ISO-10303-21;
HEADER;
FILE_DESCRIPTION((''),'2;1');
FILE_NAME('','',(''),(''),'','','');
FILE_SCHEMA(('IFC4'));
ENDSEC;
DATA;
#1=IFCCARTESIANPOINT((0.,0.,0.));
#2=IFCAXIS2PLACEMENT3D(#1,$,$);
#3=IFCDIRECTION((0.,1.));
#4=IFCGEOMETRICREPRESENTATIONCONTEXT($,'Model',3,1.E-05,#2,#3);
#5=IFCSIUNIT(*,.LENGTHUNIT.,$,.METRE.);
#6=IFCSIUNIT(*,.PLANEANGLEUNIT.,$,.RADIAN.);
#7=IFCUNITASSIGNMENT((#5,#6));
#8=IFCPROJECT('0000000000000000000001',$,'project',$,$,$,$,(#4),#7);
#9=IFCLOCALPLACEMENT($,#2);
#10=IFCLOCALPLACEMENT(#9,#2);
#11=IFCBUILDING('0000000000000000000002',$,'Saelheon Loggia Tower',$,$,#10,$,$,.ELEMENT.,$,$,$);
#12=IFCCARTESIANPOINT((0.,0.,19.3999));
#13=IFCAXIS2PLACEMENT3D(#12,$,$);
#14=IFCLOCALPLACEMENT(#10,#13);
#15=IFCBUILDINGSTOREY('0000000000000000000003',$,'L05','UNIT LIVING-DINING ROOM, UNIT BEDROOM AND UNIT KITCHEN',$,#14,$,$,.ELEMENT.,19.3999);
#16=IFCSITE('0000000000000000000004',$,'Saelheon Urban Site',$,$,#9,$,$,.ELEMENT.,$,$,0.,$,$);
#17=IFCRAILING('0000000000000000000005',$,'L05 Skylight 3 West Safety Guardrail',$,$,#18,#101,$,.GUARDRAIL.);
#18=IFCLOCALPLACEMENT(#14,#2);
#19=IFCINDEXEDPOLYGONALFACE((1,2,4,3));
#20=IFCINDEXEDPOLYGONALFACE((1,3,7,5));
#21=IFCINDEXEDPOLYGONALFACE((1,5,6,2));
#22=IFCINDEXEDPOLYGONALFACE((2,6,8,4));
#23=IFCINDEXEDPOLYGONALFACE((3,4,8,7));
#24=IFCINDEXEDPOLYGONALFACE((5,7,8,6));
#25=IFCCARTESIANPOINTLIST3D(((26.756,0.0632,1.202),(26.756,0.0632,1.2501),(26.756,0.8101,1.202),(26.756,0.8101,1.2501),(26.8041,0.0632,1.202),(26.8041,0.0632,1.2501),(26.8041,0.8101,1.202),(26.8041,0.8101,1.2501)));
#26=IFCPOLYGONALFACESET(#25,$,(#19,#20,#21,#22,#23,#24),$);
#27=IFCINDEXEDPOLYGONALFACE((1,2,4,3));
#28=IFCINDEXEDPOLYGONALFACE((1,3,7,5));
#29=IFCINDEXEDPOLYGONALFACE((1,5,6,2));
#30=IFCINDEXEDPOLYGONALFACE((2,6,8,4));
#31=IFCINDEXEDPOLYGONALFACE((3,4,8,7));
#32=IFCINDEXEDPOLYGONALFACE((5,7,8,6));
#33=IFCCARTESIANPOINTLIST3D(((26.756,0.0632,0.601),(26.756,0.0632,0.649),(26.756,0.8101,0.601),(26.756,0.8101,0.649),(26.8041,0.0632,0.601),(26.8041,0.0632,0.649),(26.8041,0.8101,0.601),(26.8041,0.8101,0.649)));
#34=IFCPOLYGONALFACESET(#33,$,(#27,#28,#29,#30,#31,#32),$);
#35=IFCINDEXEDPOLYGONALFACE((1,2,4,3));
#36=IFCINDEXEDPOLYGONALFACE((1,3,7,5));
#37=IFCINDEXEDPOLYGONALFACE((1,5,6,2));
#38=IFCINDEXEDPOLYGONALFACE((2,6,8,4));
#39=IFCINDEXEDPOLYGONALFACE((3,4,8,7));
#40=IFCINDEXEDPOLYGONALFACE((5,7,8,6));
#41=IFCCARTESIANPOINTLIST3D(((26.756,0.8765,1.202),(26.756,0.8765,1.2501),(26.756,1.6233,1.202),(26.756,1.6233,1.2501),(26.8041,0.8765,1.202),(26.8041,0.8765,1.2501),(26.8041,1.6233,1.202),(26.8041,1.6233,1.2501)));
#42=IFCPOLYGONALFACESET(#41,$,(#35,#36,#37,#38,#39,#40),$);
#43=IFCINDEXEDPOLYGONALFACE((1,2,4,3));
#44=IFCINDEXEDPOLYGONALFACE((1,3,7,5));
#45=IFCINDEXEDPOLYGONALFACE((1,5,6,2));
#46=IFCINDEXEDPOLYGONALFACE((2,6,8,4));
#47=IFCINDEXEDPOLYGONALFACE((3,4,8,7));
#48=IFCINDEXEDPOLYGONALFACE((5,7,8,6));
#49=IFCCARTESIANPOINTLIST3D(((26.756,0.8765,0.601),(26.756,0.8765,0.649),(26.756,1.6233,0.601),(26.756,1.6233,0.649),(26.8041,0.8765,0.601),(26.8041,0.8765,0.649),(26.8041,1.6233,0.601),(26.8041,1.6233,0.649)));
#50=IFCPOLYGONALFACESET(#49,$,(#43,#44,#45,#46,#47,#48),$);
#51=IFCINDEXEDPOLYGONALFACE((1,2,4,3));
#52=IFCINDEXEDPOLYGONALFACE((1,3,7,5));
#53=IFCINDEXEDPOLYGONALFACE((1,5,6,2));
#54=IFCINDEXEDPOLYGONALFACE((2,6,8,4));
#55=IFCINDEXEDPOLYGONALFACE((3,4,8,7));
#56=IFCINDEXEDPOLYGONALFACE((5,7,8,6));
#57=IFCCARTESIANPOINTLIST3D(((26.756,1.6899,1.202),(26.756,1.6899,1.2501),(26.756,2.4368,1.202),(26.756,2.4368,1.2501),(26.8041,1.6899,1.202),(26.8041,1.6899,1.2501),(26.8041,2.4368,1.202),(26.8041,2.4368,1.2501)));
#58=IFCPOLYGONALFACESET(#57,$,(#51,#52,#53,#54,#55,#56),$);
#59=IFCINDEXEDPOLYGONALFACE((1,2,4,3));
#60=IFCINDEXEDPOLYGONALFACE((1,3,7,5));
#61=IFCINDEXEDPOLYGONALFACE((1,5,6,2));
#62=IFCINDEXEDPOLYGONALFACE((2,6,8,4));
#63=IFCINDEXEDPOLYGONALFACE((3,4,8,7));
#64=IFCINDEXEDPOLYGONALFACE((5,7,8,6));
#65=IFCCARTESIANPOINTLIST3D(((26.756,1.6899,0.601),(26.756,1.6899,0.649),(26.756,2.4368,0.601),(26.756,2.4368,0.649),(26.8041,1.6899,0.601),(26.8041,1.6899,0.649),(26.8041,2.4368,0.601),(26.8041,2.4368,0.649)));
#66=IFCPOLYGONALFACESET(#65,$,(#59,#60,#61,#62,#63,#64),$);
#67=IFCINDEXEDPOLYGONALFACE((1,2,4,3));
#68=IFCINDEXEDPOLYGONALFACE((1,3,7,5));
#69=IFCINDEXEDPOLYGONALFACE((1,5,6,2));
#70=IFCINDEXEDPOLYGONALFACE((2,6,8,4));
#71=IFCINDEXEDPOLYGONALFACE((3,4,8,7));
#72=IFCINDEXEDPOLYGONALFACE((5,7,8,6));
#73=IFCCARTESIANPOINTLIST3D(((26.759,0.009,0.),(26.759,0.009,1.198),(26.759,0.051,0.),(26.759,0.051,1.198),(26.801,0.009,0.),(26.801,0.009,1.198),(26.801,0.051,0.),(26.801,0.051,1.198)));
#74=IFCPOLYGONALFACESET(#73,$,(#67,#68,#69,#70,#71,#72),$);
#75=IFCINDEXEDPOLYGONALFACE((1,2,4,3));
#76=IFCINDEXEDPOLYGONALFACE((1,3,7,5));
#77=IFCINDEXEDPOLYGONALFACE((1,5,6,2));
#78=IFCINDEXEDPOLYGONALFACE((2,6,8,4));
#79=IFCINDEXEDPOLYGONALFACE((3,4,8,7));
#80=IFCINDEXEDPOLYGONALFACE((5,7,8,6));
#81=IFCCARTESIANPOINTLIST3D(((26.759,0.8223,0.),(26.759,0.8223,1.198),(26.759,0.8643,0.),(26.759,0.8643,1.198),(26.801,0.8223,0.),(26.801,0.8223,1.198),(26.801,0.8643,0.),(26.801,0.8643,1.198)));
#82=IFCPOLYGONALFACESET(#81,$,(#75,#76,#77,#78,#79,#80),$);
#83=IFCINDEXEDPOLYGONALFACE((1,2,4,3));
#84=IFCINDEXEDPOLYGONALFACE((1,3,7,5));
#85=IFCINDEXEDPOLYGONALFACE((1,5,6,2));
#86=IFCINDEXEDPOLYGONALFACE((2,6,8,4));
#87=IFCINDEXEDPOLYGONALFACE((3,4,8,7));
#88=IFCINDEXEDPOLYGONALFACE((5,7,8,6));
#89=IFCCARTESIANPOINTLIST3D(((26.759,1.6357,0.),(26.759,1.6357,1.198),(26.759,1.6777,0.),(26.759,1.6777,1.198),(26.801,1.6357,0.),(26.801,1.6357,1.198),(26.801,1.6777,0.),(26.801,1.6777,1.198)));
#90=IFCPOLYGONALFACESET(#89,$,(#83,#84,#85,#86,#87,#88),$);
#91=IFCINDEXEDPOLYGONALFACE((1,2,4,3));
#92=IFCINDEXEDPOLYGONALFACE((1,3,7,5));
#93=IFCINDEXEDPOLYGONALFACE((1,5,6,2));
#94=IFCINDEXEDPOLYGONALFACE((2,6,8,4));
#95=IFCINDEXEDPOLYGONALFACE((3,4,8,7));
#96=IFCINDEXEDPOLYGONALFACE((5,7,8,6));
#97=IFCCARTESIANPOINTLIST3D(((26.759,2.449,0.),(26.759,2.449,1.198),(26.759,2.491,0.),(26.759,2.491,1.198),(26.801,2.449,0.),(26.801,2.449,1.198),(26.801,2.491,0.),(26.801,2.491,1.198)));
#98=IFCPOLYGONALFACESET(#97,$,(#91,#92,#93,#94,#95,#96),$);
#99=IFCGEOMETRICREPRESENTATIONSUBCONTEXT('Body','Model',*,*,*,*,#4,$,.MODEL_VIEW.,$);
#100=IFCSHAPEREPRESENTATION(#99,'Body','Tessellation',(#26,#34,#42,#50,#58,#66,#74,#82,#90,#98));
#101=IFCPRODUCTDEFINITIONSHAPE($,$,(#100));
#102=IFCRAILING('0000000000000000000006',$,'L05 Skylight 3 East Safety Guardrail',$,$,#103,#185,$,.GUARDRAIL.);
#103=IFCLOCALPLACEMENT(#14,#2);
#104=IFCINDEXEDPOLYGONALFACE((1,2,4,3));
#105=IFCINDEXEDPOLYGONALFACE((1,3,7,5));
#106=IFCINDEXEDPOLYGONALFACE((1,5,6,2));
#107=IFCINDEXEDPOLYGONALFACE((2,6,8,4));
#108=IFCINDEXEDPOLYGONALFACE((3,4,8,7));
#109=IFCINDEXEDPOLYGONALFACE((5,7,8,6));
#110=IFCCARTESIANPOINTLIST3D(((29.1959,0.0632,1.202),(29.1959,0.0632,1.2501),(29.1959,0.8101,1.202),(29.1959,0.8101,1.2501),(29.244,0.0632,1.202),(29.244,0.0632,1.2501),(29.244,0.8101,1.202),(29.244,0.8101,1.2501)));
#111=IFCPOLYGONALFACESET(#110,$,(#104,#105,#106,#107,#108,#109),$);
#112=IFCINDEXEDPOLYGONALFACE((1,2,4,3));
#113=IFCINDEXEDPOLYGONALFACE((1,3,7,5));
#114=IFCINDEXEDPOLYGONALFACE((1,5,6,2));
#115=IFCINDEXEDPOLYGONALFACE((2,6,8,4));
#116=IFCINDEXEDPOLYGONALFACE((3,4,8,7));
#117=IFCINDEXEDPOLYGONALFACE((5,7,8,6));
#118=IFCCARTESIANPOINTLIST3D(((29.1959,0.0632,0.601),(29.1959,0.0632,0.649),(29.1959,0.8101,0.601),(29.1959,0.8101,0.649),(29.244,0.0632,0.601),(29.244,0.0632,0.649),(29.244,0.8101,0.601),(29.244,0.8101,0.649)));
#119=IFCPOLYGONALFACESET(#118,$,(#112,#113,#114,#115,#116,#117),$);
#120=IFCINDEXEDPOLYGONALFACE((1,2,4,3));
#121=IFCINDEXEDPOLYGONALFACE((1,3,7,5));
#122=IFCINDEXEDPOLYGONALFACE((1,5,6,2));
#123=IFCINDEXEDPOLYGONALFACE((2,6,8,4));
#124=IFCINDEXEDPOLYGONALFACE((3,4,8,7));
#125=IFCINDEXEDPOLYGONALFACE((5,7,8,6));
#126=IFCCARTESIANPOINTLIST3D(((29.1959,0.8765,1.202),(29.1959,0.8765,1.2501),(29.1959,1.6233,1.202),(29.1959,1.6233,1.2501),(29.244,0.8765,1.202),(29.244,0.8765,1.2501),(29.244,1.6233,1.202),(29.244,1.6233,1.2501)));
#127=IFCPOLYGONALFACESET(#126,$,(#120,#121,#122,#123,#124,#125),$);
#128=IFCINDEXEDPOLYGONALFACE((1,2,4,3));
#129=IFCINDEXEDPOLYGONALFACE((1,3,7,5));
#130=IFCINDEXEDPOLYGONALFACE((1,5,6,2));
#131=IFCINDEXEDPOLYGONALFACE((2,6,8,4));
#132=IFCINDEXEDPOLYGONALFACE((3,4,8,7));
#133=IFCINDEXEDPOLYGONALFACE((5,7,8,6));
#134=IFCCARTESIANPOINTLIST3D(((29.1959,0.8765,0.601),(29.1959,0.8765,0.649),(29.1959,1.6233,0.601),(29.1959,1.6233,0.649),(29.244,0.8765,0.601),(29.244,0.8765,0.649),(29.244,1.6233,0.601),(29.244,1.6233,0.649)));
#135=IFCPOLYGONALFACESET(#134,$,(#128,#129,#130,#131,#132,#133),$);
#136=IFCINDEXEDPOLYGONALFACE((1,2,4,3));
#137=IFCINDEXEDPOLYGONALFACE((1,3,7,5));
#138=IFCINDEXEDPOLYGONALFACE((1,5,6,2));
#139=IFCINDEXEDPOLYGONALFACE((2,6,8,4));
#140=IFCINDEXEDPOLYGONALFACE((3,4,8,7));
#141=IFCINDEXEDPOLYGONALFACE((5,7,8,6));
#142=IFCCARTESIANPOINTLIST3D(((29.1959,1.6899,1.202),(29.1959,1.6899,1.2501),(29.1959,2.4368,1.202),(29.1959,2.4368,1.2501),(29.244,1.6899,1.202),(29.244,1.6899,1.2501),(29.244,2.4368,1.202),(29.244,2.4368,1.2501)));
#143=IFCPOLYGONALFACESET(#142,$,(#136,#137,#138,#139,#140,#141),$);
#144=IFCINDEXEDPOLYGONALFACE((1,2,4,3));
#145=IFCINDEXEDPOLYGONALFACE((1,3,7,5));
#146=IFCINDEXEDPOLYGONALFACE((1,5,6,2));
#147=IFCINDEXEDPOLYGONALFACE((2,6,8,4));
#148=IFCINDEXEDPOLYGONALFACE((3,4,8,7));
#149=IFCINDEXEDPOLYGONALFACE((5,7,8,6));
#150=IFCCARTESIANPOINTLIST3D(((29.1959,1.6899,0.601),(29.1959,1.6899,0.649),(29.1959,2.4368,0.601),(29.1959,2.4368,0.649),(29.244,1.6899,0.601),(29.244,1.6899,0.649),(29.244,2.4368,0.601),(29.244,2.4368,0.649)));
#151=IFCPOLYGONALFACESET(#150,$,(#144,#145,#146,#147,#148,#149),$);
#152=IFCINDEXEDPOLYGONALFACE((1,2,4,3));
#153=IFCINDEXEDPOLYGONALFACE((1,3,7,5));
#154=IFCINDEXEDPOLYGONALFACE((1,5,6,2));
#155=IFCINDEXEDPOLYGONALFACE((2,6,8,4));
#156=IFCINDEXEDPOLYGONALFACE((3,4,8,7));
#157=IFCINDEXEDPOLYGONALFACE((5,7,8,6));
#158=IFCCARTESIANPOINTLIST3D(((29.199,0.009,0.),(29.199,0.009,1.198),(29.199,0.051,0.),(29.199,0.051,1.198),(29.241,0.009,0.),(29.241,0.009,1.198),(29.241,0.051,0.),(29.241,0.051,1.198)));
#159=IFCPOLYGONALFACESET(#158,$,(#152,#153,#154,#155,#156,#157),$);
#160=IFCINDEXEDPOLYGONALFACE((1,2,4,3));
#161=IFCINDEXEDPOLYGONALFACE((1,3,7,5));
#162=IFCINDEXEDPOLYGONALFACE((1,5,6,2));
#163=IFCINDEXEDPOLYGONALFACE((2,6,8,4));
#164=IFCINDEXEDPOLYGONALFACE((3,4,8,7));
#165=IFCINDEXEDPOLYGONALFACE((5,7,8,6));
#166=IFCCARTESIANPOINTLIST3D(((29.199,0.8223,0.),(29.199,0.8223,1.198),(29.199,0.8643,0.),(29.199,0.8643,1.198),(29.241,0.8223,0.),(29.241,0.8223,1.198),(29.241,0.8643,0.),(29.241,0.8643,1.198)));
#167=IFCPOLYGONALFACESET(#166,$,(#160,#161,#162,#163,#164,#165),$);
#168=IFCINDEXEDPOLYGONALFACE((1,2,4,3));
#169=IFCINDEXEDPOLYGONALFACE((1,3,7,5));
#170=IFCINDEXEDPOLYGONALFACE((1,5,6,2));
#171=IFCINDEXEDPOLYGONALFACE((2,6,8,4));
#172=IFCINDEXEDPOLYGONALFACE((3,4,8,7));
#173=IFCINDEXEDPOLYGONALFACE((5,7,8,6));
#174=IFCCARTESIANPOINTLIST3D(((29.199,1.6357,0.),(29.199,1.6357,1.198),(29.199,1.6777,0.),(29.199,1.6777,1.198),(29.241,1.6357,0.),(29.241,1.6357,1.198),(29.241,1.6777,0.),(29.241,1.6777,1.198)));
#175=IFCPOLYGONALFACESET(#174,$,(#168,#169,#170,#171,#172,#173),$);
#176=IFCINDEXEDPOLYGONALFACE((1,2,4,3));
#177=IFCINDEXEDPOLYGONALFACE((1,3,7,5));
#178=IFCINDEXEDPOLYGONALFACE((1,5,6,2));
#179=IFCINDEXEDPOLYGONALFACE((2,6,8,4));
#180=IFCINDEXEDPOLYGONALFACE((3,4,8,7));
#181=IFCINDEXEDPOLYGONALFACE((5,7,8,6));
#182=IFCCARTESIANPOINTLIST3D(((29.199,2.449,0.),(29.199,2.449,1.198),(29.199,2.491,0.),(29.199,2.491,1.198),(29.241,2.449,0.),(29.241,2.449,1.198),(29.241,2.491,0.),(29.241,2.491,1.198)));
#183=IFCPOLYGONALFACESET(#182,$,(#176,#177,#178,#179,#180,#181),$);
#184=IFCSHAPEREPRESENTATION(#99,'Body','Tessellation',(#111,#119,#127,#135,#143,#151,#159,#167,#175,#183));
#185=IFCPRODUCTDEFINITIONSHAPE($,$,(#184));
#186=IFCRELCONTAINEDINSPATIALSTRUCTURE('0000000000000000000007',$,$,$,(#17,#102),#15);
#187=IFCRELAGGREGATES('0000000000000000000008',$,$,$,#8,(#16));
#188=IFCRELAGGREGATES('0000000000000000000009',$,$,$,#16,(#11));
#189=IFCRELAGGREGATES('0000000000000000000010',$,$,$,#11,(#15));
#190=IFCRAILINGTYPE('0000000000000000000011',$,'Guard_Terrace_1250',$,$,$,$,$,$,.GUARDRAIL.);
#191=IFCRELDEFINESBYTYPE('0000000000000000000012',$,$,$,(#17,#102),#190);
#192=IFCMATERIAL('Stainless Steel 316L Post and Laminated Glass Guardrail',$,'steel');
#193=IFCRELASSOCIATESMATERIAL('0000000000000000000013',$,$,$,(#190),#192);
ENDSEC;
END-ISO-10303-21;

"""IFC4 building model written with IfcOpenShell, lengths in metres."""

from ifc_helpers import new_model, si_unit, direction, frame, origin, origin_2d, place, context, subcontext, project, spatial, rectangle, extrude, material, type_object, element, save


model = new_model("IFC4")

# Units and contexts
model_context = context("Model", 3, precision=1e-05, world=origin(), true_north=direction((0.0, 1.0)))
body_context = subcontext(model_context, "Body", "Model", "MODEL_VIEW")
ifc_project = project(units=[si_unit("LENGTHUNIT", "METRE"), si_unit("PLANEANGLEUNIT", "RADIAN")], contexts=[model_context])

# Site, building, storey
site_placement = place(None, origin())
site = spatial("IfcSite", under=ifc_project, at=site_placement, Name="Saelheon Urban Site", CompositionType="ELEMENT", RefElevation=0.0)
building_placement = place(site_placement, origin())
building = spatial("IfcBuilding", under=site, at=building_placement, Name="Saelheon Loggia Tower", CompositionType="ELEMENT")
storey_placement = place(building_placement, frame((0.0, 0.0, 19.3999)))
storey = spatial("IfcBuildingStorey", under=building, at=storey_placement, Name="L05", Description="UNIT LIVING-DINING ROOM, UNIT BEDROOM AND UNIT KITCHEN", CompositionType="ELEMENT", Elevation=19.3999)

# Railings
ifc_material_1 = material(Name="Stainless Steel 316L Post and Laminated Glass Guardrail", Category="steel")
railing_type = type_object("IfcRailingType", Name="Guard_Terrace_1250", PredefinedType="GUARDRAIL", material=ifc_material_1)
railing_1_placement = place(storey_placement, frame((26.78, 0.03, 0.0)))
element("IfcRailing", 1, at=railing_1_placement, inside=storey, type_object=railing_type, Name="L05 Skylight 3 West Safety Guardrail", PredefinedType="GUARDRAIL", context=body_context, shape_type="SweptSolid", body=[
    extrude(rectangle(XDim=0.0481, YDim=0.0481, at=origin_2d()), frame((0.0, 0.0332, 1.2261), z_axis=(0.0, 1.0, 0.0), x_axis=(-1.0, 0.0, 0.0)), (0.0, 0.0, 1.0), 0.7468),
    extrude(rectangle(XDim=0.0481, YDim=0.0481, at=origin_2d()), frame((0.0, 0.0332, 0.625), z_axis=(0.0, 1.0, 0.0), x_axis=(-1.0, 0.0, 0.0)), (0.0, 0.0, 1.0), 0.7468),
    extrude(rectangle(XDim=0.0481, YDim=0.0481, at=origin_2d()), frame((0.0, 0.8464, 1.2261), z_axis=(0.0, 1.0, 0.0), x_axis=(-1.0, 0.0, 0.0)), (0.0, 0.0, 1.0), 0.7468),
    extrude(rectangle(XDim=0.0481, YDim=0.0481, at=origin_2d()), frame((0.0, 0.8464, 0.625), z_axis=(0.0, 1.0, 0.0), x_axis=(-1.0, 0.0, 0.0)), (0.0, 0.0, 1.0), 0.7468),
    extrude(rectangle(XDim=0.0481, YDim=0.0481, at=origin_2d()), frame((0.0, 1.6599, 1.2261), z_axis=(0.0, 1.0, 0.0), x_axis=(-1.0, 0.0, 0.0)), (0.0, 0.0, 1.0), 0.7468),
    extrude(rectangle(XDim=0.0481, YDim=0.0481, at=origin_2d()), frame((0.0, 1.6599, 0.625), z_axis=(0.0, 1.0, 0.0), x_axis=(-1.0, 0.0, 0.0)), (0.0, 0.0, 1.0), 0.7468),
    extrude(rectangle(XDim=0.042, YDim=0.042, at=origin_2d()), origin(), (0.0, 0.0, 1.0), 1.198),
    extrude(rectangle(XDim=0.042, YDim=0.042, at=origin_2d()), frame((0.0, 0.8132, 0.0)), (0.0, 0.0, 1.0), 1.198),
    extrude(rectangle(XDim=0.042, YDim=0.042, at=origin_2d()), frame((0.0, 1.6267, 0.0)), (0.0, 0.0, 1.0), 1.198),
    extrude(rectangle(XDim=0.042, YDim=0.042, at=origin_2d()), frame((0.0, 2.4399, 0.0)), (0.0, 0.0, 1.0), 1.198),
])
railing_2_placement = place(storey_placement, frame((29.22, 0.03, 0.0)))
element("IfcRailing", 2, at=railing_2_placement, inside=storey, type_object=railing_type, Name="L05 Skylight 3 East Safety Guardrail", PredefinedType="GUARDRAIL", context=body_context, shape_type="SweptSolid", body=[
    extrude(rectangle(XDim=0.0481, YDim=0.0481, at=origin_2d()), frame((0.0, 0.0332, 1.2261), z_axis=(0.0, 1.0, 0.0), x_axis=(-1.0, 0.0, 0.0)), (0.0, 0.0, 1.0), 0.7468),
    extrude(rectangle(XDim=0.0481, YDim=0.0481, at=origin_2d()), frame((0.0, 0.0332, 0.625), z_axis=(0.0, 1.0, 0.0), x_axis=(-1.0, 0.0, 0.0)), (0.0, 0.0, 1.0), 0.7468),
    extrude(rectangle(XDim=0.0481, YDim=0.0481, at=origin_2d()), frame((0.0, 0.8464, 1.2261), z_axis=(0.0, 1.0, 0.0), x_axis=(-1.0, 0.0, 0.0)), (0.0, 0.0, 1.0), 0.7468),
    extrude(rectangle(XDim=0.0481, YDim=0.0481, at=origin_2d()), frame((0.0, 0.8464, 0.625), z_axis=(0.0, 1.0, 0.0), x_axis=(-1.0, 0.0, 0.0)), (0.0, 0.0, 1.0), 0.7468),
    extrude(rectangle(XDim=0.0481, YDim=0.0481, at=origin_2d()), frame((0.0, 1.6599, 1.2261), z_axis=(0.0, 1.0, 0.0), x_axis=(-1.0, 0.0, 0.0)), (0.0, 0.0, 1.0), 0.7468),
    extrude(rectangle(XDim=0.0481, YDim=0.0481, at=origin_2d()), frame((0.0, 1.6599, 0.625), z_axis=(0.0, 1.0, 0.0), x_axis=(-1.0, 0.0, 0.0)), (0.0, 0.0, 1.0), 0.7468),
    extrude(rectangle(XDim=0.042, YDim=0.042, at=origin_2d()), origin(), (0.0, 0.0, 1.0), 1.198),
    extrude(rectangle(XDim=0.042, YDim=0.042, at=origin_2d()), frame((0.0, 0.8132, 0.0)), (0.0, 0.0, 1.0), 1.198),
    extrude(rectangle(XDim=0.042, YDim=0.042, at=origin_2d()), frame((0.0, 1.6267, 0.0)), (0.0, 0.0, 1.0), 1.198),
    extrude(rectangle(XDim=0.042, YDim=0.042, at=origin_2d()), frame((0.0, 2.4399, 0.0)), (0.0, 0.0, 1.0), 1.198),
])

save(model, "model.ifc")
